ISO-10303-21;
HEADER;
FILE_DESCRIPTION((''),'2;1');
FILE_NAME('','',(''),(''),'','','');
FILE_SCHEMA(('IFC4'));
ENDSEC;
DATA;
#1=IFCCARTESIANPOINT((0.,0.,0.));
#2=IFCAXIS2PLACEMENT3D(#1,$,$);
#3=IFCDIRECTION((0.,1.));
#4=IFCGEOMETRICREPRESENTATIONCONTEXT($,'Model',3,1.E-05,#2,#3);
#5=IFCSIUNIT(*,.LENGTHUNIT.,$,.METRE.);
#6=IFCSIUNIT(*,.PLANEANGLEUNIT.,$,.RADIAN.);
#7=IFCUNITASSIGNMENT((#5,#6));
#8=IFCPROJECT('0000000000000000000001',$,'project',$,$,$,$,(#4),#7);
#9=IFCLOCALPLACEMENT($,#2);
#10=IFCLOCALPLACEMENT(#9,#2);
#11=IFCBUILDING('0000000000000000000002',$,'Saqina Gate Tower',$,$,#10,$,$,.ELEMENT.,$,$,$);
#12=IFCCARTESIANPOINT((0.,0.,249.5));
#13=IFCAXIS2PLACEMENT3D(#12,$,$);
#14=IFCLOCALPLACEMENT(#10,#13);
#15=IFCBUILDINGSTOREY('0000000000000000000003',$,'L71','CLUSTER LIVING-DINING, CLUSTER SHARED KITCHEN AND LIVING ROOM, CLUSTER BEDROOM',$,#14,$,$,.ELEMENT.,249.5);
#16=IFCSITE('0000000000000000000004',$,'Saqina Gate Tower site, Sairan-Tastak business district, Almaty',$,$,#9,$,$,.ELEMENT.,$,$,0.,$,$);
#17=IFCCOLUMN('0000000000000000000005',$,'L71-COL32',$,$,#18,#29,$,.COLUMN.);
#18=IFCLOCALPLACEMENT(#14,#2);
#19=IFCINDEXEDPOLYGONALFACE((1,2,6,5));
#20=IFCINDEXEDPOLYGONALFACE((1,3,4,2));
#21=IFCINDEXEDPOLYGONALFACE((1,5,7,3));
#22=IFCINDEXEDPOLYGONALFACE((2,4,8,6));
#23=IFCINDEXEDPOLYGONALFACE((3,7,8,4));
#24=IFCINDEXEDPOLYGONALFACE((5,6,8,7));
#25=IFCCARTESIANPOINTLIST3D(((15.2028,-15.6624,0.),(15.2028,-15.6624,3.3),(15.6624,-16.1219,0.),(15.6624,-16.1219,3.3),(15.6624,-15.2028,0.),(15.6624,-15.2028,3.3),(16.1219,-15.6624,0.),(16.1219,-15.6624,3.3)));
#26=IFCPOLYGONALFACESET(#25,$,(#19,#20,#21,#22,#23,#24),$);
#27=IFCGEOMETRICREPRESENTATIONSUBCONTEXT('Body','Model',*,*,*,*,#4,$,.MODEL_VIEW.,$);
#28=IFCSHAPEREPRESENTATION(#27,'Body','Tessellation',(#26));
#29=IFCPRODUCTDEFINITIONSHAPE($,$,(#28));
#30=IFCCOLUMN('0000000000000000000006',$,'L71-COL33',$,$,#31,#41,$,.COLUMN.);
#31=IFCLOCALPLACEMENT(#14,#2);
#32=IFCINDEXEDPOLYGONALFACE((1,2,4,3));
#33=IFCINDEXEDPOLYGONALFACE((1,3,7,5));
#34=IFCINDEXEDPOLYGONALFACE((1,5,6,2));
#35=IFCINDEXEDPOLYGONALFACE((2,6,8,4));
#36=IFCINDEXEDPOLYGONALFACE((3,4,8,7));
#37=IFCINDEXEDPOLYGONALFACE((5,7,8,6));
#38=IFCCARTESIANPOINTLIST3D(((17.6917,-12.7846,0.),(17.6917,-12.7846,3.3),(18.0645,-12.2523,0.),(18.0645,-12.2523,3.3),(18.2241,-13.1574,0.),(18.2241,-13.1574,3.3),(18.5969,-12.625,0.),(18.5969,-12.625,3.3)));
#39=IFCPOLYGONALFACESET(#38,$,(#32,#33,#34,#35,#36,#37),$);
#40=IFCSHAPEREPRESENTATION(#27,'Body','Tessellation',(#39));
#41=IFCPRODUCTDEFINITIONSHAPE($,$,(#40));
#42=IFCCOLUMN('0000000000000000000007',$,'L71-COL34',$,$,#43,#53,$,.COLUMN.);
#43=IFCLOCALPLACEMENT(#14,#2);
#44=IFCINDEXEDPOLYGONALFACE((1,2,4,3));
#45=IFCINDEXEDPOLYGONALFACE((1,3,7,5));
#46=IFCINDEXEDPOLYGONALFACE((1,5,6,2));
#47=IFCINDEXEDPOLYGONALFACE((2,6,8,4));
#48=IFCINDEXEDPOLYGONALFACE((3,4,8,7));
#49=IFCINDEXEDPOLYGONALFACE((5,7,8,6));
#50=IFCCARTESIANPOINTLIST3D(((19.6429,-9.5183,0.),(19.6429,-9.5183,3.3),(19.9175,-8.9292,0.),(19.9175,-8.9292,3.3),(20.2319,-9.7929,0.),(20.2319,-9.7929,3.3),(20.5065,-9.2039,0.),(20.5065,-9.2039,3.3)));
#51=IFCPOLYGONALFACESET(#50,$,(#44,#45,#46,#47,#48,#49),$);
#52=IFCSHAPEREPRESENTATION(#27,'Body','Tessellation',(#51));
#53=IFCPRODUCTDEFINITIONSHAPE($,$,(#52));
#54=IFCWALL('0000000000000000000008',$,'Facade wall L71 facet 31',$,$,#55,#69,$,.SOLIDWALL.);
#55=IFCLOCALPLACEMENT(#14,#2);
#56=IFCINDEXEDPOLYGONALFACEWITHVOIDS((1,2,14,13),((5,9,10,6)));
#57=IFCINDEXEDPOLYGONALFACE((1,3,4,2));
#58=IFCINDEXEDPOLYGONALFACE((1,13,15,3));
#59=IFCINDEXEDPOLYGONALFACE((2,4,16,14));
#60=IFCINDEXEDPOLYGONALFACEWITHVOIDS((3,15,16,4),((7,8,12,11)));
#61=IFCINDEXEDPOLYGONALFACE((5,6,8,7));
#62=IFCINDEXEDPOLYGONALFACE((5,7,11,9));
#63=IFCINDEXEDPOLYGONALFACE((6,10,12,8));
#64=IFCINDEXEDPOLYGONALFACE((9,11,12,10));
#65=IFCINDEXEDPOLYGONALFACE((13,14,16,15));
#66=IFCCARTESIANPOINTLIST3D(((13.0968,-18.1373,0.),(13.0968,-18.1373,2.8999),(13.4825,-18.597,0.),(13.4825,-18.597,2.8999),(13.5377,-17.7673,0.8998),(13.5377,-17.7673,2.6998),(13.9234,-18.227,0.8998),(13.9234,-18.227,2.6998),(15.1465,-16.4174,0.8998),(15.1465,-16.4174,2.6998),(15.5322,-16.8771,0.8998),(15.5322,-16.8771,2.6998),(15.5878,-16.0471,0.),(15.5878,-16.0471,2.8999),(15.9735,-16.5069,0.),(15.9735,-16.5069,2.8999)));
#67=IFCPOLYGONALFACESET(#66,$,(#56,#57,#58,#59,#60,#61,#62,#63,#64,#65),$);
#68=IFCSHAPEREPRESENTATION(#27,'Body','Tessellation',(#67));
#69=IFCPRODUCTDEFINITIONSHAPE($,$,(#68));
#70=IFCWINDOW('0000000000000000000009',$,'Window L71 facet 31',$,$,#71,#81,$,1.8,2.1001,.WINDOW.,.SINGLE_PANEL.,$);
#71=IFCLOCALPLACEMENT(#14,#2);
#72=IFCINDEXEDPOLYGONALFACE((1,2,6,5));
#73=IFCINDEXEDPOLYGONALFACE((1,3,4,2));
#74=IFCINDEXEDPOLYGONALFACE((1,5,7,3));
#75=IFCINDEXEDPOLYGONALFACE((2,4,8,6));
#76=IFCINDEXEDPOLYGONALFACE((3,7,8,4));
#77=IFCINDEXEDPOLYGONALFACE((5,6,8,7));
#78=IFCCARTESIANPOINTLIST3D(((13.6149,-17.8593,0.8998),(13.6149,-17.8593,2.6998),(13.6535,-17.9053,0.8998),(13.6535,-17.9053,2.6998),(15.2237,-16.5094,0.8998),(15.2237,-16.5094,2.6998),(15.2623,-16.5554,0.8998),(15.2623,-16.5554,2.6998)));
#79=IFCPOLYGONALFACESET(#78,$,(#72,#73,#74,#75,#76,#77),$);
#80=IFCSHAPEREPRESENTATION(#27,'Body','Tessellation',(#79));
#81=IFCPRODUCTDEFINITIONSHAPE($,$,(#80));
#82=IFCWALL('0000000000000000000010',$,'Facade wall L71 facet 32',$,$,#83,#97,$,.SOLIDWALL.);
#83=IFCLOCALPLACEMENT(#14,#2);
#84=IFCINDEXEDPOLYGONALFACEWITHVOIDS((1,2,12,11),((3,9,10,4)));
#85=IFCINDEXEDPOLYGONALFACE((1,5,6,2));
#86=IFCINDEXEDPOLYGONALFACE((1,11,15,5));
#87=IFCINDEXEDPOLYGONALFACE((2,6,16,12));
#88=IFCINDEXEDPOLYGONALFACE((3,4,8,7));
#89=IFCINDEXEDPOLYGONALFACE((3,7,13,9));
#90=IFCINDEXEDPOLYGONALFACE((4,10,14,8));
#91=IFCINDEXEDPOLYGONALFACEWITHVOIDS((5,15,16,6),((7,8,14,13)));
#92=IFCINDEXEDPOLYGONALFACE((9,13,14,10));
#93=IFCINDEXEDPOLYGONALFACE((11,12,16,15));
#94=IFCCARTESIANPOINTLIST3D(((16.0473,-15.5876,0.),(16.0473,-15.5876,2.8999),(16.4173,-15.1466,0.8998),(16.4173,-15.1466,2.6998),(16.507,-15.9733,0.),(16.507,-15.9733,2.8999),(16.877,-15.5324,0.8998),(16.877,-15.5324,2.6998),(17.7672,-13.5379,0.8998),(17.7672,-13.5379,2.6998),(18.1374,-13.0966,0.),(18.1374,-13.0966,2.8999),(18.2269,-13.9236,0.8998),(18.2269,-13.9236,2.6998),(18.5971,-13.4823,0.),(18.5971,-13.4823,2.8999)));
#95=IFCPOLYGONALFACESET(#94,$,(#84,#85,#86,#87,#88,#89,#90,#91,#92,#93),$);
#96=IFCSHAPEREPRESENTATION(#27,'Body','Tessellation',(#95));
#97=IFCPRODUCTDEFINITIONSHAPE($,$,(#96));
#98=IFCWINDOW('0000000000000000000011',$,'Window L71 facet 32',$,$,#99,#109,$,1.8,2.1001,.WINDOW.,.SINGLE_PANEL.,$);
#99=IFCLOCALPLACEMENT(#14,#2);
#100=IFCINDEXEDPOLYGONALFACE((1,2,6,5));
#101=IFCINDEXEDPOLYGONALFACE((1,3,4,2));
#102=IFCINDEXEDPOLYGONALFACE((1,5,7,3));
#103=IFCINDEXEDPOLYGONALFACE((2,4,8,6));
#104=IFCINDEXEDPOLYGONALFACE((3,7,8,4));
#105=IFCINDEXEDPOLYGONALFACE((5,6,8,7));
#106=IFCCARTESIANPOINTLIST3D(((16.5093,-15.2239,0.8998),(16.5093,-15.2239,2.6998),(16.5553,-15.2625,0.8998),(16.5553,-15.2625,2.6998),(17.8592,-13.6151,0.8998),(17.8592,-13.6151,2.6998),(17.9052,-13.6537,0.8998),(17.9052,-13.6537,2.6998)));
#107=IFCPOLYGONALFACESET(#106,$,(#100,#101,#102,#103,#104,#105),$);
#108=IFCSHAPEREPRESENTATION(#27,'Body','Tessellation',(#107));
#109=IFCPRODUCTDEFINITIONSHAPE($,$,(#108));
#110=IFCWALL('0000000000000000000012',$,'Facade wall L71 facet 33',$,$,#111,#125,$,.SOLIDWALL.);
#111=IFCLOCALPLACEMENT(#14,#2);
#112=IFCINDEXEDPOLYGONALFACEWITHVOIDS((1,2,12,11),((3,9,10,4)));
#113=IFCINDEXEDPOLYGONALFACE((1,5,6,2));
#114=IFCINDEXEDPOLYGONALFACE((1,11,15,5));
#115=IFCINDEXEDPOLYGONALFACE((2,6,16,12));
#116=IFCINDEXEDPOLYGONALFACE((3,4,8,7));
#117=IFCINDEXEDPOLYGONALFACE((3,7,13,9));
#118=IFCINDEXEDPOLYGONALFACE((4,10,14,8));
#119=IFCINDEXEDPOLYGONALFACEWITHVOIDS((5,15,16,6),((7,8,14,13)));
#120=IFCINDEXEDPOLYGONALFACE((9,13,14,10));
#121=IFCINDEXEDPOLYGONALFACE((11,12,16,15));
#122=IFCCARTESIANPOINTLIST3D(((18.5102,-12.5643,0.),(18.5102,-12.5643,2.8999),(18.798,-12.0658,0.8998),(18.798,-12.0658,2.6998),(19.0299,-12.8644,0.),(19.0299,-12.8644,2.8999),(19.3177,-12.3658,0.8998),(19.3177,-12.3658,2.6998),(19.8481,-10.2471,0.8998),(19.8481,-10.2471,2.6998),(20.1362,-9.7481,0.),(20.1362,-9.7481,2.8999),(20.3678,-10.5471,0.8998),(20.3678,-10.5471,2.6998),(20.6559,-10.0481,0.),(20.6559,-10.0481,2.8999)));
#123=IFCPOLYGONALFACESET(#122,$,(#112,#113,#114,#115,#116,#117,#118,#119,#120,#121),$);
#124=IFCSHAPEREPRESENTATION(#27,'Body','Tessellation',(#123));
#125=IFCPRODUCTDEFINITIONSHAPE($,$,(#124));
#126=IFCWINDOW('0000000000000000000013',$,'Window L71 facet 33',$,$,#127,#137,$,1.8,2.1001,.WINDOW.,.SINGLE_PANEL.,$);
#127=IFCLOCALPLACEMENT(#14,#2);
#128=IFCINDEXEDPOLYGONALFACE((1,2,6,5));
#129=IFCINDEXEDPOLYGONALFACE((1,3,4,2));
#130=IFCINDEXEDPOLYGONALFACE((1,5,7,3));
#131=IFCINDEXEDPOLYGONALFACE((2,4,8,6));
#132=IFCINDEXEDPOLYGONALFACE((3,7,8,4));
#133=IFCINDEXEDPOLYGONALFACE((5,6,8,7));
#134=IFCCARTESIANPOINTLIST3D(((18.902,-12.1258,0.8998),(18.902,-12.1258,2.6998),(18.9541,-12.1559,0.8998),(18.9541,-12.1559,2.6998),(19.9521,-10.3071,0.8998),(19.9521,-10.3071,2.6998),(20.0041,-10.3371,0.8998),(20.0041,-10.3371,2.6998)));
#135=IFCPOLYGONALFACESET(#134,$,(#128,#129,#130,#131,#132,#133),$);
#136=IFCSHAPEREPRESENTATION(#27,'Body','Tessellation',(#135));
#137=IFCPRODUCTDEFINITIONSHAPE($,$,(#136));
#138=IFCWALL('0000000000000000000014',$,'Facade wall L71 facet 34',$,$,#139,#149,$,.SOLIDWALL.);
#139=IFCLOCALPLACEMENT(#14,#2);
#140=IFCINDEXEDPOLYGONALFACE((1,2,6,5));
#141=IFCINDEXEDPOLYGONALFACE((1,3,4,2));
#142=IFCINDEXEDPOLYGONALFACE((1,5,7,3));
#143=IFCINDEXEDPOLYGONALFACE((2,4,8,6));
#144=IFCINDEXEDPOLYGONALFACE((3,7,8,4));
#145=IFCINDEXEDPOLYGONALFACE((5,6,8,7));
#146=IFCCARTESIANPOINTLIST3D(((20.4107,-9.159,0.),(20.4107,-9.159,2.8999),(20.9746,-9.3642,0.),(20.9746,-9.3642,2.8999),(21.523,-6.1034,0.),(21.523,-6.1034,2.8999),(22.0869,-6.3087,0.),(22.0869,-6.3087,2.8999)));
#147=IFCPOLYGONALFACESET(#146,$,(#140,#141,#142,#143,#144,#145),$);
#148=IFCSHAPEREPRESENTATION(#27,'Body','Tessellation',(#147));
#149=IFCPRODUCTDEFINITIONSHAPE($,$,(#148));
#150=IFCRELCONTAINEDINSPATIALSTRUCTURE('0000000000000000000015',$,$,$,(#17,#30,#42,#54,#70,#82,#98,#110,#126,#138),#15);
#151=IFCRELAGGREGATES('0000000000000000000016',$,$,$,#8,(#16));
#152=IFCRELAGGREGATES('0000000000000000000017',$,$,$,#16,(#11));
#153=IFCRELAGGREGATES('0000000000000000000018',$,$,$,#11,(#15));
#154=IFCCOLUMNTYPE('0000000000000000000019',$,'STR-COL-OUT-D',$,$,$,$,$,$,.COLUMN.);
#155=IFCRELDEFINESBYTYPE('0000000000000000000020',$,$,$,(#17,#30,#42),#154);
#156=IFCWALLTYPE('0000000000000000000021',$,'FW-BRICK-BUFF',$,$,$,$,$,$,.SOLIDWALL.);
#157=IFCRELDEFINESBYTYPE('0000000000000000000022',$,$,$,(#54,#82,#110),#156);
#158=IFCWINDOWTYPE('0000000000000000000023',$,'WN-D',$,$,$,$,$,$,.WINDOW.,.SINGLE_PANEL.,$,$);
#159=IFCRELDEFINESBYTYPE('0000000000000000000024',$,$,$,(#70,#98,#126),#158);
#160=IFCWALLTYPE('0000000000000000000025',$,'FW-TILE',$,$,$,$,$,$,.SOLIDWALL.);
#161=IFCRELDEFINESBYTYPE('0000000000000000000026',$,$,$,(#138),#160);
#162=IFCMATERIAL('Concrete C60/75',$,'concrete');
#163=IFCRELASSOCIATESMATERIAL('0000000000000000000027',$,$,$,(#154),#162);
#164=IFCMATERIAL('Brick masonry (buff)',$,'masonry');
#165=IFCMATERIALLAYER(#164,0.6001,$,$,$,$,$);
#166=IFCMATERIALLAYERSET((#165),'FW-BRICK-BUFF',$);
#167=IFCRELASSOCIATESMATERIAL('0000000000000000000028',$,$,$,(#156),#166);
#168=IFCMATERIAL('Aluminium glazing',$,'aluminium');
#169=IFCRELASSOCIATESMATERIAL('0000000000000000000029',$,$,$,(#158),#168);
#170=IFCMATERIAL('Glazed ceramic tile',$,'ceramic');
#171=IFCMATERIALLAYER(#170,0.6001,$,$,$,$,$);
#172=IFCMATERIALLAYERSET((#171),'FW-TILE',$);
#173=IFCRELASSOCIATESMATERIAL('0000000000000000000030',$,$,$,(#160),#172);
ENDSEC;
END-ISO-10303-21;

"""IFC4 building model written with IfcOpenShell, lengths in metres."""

from ifc_helpers import new_model, si_unit, direction, frame, frame_2d, origin, origin_2d, place, context, subcontext, project, spatial, rectangle, extrude, material, layer, layer_set, material_profile, profile_set, type_object, element, fill, save


model = new_model("IFC4")

# Units and contexts
model_context = context("Model", 3, precision=1e-05, world=origin(), true_north=direction((0.0, 1.0)))
body_context = subcontext(model_context, "Body", "Model", "MODEL_VIEW")
ifc_project = project(units=[si_unit("LENGTHUNIT", "METRE"), si_unit("PLANEANGLEUNIT", "RADIAN")], contexts=[model_context])

# Site, building, storey
site_placement = place(None, origin())
site = spatial("IfcSite", under=ifc_project, at=site_placement, Name="Saqina Gate Tower site, Sairan-Tastak business district, Almaty", CompositionType="ELEMENT", RefElevation=0.0)
building_placement = place(site_placement, origin())
building = spatial("IfcBuilding", under=site, at=building_placement, Name="Saqina Gate Tower", CompositionType="ELEMENT")
storey_placement = place(building_placement, frame((0.0, 0.0, 249.5)))
storey = spatial("IfcBuildingStorey", under=building, at=storey_placement, Name="L71", Description="CLUSTER LIVING-DINING, CLUSTER SHARED KITCHEN AND LIVING ROOM, CLUSTER BEDROOM", CompositionType="ELEMENT", Elevation=249.5)

# Columns
ifc_material_1 = material(Name="Concrete C60/75", Category="concrete")
ifc_material_profile = material_profile(ifc_material_1, rectangle(XDim=0.6499, YDim=0.6499, at=origin_2d()), Name="RC 650x650")
ifc_profile_set = profile_set([ifc_material_profile], Name="Concrete C60/75")
column_type = type_object("IfcColumnType", Name="STR-COL-OUT-D", PredefinedType="COLUMN", material=ifc_profile_set)
for number, where, z_axis, x_axis, name in (
    (1, (15.6624, -15.6624, 0.0), (0.0, 0.0, 1.0), (0.707107, -0.707107, 0.0), "L71-COL32"),
    (2, (18.1443, -12.7048, 0.0), (0.0, 0.0, 1.0), (0.819152, -0.573576, 0.0), "L71-COL33"),
    (3, (20.0747, -9.3611, 0.0), (0.0, 0.0, 1.0), (0.906308, -0.422618, 0.0), "L71-COL34"),
):
    element("IfcColumn", number, at=place(storey_placement, frame(where, z_axis=z_axis, x_axis=x_axis)), inside=storey, type_object=column_type, Name=name, PredefinedType="COLUMN", context=body_context, shape_type="SweptSolid", body=[
        extrude(rectangle(XDim=0.6499, YDim=0.6499, at=origin_2d()), origin(), (0.0, 0.0, 1.0), 3.3),
    ])

# Walls, openings, windows
ifc_material_2 = material(Name="Brick masonry (buff)", Category="masonry")
ifc_layer_1 = layer(ifc_material_2, 0.6001)
ifc_layer_set_1 = layer_set([ifc_layer_1], Name="FW-BRICK-BUFF")
wall_type_1 = type_object("IfcWallType", Name="FW-BRICK-BUFF", PredefinedType="SOLIDWALL", material=ifc_layer_set_1)
wall_1_placement = place(storey_placement, frame((13.2896, -18.3672, 0.0), z_axis=(0.0, 0.0, 1.0), x_axis=(0.766057, 0.642773, 0.0)))
wall_1 = element("IfcWall", 4, at=wall_1_placement, inside=storey, type_object=wall_type_1, Name="Facade wall L71 facet 31", PredefinedType="SOLIDWALL", context=body_context, shape_type="SweptSolid", body=[
    extrude(rectangle(XDim=3.2517, YDim=0.6001, at=frame_2d((1.626, 0.0))), origin(), (0.0, 0.0, 1.0), 2.8999),
])
opening_1_placement = place(wall_1_placement, frame((0.5757, 0.0, 0.8999)))
opening_1 = element("IfcOpeningElement", 5, at=opening_1_placement, cuts=wall_1, PredefinedType="OPENING", context=body_context, shape_type="SweptSolid", body=[
    extrude(rectangle(XDim=2.1001, YDim=1.8, at=frame_2d((1.05, 0.8999))), frame((0.0, 0.312, 0.0), z_axis=(0.0, -1.0, 0.0), x_axis=(1.0, 0.0, 0.0)), (0.0, 0.0, 1.0), 0.624),
])
ifc_material_3 = material(Name="Aluminium glazing", Category="aluminium")
window_type = type_object("IfcWindowType", Name="WN-D", PartitioningType="SINGLE_PANEL", PredefinedType="WINDOW", material=ifc_material_3)
window_1_placement = place(opening_1_placement, origin())
window_1 = element("IfcWindow", 6, at=window_1_placement, inside=storey, type_object=window_type, Name="Window L71 facet 31", OverallHeight=1.8, OverallWidth=2.1001, PartitioningType="SINGLE_PANEL", PredefinedType="WINDOW", context=body_context, shape_type="SweptSolid", body=[
    extrude(rectangle(XDim=2.1001, YDim=1.8, at=frame_2d((1.05, 0.8999))), frame((0.0, 0.1799, 0.0), z_axis=(0.0, -1.0, 0.0), x_axis=(1.0, 0.0, 0.0)), (0.0, 0.0, 1.0), 0.0601),
])
fill(opening_1, window_1)
wall_2_placement = place(storey_placement, frame((16.2771, -15.7805, 0.0), z_axis=(0.0, 0.0, 1.0), x_axis=(0.642773, 0.766057, 0.0)))
wall_2 = element("IfcWall", 7, at=wall_2_placement, inside=storey, type_object=wall_type_1, Name="Facade wall L71 facet 32", PredefinedType="SOLIDWALL", context=body_context, shape_type="SweptSolid", body=[
    extrude(rectangle(XDim=3.2517, YDim=0.6001, at=frame_2d((1.626, 0.0))), origin(), (0.0, 0.0, 1.0), 2.8999),
])
opening_2_placement = place(wall_2_placement, frame((0.5757, 0.0, 0.8999)))
opening_2 = element("IfcOpeningElement", 8, at=opening_2_placement, cuts=wall_2, PredefinedType="OPENING", context=body_context, shape_type="SweptSolid", body=[
    extrude(rectangle(XDim=2.1001, YDim=1.8, at=frame_2d((1.05, 0.8999))), frame((0.0, 0.312, 0.0), z_axis=(0.0, -1.0, 0.0), x_axis=(1.0, 0.0, 0.0)), (0.0, 0.0, 1.0), 0.624),
])
window_2_placement = place(opening_2_placement, origin())
window_2 = element("IfcWindow", 9, at=window_2_placement, inside=storey, type_object=window_type, Name="Window L71 facet 32", OverallHeight=1.8, OverallWidth=2.1001, PartitioningType="SINGLE_PANEL", PredefinedType="WINDOW", context=body_context, shape_type="SweptSolid", body=[
    extrude(rectangle(XDim=2.1001, YDim=1.8, at=frame_2d((1.05, 0.8999))), frame((0.0, 0.1799, 0.0), z_axis=(0.0, -1.0, 0.0), x_axis=(1.0, 0.0, 0.0)), (0.0, 0.0, 1.0), 0.0601),
])
fill(opening_2, window_2)
wall_3_placement = place(storey_placement, frame((18.77, -12.7144, 0.0), z_axis=(0.0, 0.0, 1.0), x_axis=(0.500015, 0.866017, 0.0)))
wall_3 = element("IfcWall", 10, at=wall_3_placement, inside=storey, type_object=wall_type_1, Name="Facade wall L71 facet 33", PredefinedType="SOLIDWALL", context=body_context, shape_type="SweptSolid", body=[
    extrude(rectangle(XDim=3.252, YDim=0.6001, at=frame_2d((1.626, 0.0))), origin(), (0.0, 0.0, 1.0), 2.8999),
])
opening_3_placement = place(wall_3_placement, frame((0.5757, 0.0, 0.8999)))
opening_3 = element("IfcOpeningElement", 11, at=opening_3_placement, cuts=wall_3, PredefinedType="OPENING", context=body_context, shape_type="SweptSolid", body=[
    extrude(rectangle(XDim=2.1001, YDim=1.8, at=frame_2d((1.05, 0.8999))), frame((0.0, 0.312, 0.0), z_axis=(0.0, -1.0, 0.0), x_axis=(1.0, 0.0, 0.0)), (0.0, 0.0, 1.0), 0.624),
])
window_3_placement = place(opening_3_placement, origin())
window_3 = element("IfcWindow", 12, at=window_3_placement, inside=storey, type_object=window_type, Name="Window L71 facet 33", OverallHeight=1.8, OverallWidth=2.1001, PartitioningType="SINGLE_PANEL", PredefinedType="WINDOW", context=body_context, shape_type="SweptSolid", body=[
    extrude(rectangle(XDim=2.1001, YDim=1.8, at=frame_2d((1.05, 0.8999))), frame((0.0, 0.1799, 0.0), z_axis=(0.0, -1.0, 0.0), x_axis=(1.0, 0.0, 0.0)), (0.0, 0.0, 1.0), 0.0601),
])
fill(opening_3, window_3)

# Wall
ifc_material_4 = material(Name="Glazed ceramic tile", Category="ceramic")
ifc_layer_2 = layer(ifc_material_4, 0.6001)
ifc_layer_set_2 = layer_set([ifc_layer_2], Name="FW-TILE")
wall_type_2 = type_object("IfcWallType", Name="FW-TILE", PredefinedType="SOLIDWALL", material=ifc_layer_set_2)
wall_4_placement = place(storey_placement, frame((20.6926, -9.2617, 0.0), z_axis=(0.0, 0.0, 1.0), x_axis=(0.342057, 0.939679, 0.0)))
element("IfcWall", 13, at=wall_4_placement, inside=storey, type_object=wall_type_2, Name="Facade wall L71 facet 34", PredefinedType="SOLIDWALL", context=body_context, shape_type="SweptSolid", body=[
    extrude(rectangle(XDim=3.2517, YDim=0.6001, at=frame_2d((1.626, 0.0))), origin(), (0.0, 0.0, 1.0), 2.8999),
])

save(model, "model.ifc")
